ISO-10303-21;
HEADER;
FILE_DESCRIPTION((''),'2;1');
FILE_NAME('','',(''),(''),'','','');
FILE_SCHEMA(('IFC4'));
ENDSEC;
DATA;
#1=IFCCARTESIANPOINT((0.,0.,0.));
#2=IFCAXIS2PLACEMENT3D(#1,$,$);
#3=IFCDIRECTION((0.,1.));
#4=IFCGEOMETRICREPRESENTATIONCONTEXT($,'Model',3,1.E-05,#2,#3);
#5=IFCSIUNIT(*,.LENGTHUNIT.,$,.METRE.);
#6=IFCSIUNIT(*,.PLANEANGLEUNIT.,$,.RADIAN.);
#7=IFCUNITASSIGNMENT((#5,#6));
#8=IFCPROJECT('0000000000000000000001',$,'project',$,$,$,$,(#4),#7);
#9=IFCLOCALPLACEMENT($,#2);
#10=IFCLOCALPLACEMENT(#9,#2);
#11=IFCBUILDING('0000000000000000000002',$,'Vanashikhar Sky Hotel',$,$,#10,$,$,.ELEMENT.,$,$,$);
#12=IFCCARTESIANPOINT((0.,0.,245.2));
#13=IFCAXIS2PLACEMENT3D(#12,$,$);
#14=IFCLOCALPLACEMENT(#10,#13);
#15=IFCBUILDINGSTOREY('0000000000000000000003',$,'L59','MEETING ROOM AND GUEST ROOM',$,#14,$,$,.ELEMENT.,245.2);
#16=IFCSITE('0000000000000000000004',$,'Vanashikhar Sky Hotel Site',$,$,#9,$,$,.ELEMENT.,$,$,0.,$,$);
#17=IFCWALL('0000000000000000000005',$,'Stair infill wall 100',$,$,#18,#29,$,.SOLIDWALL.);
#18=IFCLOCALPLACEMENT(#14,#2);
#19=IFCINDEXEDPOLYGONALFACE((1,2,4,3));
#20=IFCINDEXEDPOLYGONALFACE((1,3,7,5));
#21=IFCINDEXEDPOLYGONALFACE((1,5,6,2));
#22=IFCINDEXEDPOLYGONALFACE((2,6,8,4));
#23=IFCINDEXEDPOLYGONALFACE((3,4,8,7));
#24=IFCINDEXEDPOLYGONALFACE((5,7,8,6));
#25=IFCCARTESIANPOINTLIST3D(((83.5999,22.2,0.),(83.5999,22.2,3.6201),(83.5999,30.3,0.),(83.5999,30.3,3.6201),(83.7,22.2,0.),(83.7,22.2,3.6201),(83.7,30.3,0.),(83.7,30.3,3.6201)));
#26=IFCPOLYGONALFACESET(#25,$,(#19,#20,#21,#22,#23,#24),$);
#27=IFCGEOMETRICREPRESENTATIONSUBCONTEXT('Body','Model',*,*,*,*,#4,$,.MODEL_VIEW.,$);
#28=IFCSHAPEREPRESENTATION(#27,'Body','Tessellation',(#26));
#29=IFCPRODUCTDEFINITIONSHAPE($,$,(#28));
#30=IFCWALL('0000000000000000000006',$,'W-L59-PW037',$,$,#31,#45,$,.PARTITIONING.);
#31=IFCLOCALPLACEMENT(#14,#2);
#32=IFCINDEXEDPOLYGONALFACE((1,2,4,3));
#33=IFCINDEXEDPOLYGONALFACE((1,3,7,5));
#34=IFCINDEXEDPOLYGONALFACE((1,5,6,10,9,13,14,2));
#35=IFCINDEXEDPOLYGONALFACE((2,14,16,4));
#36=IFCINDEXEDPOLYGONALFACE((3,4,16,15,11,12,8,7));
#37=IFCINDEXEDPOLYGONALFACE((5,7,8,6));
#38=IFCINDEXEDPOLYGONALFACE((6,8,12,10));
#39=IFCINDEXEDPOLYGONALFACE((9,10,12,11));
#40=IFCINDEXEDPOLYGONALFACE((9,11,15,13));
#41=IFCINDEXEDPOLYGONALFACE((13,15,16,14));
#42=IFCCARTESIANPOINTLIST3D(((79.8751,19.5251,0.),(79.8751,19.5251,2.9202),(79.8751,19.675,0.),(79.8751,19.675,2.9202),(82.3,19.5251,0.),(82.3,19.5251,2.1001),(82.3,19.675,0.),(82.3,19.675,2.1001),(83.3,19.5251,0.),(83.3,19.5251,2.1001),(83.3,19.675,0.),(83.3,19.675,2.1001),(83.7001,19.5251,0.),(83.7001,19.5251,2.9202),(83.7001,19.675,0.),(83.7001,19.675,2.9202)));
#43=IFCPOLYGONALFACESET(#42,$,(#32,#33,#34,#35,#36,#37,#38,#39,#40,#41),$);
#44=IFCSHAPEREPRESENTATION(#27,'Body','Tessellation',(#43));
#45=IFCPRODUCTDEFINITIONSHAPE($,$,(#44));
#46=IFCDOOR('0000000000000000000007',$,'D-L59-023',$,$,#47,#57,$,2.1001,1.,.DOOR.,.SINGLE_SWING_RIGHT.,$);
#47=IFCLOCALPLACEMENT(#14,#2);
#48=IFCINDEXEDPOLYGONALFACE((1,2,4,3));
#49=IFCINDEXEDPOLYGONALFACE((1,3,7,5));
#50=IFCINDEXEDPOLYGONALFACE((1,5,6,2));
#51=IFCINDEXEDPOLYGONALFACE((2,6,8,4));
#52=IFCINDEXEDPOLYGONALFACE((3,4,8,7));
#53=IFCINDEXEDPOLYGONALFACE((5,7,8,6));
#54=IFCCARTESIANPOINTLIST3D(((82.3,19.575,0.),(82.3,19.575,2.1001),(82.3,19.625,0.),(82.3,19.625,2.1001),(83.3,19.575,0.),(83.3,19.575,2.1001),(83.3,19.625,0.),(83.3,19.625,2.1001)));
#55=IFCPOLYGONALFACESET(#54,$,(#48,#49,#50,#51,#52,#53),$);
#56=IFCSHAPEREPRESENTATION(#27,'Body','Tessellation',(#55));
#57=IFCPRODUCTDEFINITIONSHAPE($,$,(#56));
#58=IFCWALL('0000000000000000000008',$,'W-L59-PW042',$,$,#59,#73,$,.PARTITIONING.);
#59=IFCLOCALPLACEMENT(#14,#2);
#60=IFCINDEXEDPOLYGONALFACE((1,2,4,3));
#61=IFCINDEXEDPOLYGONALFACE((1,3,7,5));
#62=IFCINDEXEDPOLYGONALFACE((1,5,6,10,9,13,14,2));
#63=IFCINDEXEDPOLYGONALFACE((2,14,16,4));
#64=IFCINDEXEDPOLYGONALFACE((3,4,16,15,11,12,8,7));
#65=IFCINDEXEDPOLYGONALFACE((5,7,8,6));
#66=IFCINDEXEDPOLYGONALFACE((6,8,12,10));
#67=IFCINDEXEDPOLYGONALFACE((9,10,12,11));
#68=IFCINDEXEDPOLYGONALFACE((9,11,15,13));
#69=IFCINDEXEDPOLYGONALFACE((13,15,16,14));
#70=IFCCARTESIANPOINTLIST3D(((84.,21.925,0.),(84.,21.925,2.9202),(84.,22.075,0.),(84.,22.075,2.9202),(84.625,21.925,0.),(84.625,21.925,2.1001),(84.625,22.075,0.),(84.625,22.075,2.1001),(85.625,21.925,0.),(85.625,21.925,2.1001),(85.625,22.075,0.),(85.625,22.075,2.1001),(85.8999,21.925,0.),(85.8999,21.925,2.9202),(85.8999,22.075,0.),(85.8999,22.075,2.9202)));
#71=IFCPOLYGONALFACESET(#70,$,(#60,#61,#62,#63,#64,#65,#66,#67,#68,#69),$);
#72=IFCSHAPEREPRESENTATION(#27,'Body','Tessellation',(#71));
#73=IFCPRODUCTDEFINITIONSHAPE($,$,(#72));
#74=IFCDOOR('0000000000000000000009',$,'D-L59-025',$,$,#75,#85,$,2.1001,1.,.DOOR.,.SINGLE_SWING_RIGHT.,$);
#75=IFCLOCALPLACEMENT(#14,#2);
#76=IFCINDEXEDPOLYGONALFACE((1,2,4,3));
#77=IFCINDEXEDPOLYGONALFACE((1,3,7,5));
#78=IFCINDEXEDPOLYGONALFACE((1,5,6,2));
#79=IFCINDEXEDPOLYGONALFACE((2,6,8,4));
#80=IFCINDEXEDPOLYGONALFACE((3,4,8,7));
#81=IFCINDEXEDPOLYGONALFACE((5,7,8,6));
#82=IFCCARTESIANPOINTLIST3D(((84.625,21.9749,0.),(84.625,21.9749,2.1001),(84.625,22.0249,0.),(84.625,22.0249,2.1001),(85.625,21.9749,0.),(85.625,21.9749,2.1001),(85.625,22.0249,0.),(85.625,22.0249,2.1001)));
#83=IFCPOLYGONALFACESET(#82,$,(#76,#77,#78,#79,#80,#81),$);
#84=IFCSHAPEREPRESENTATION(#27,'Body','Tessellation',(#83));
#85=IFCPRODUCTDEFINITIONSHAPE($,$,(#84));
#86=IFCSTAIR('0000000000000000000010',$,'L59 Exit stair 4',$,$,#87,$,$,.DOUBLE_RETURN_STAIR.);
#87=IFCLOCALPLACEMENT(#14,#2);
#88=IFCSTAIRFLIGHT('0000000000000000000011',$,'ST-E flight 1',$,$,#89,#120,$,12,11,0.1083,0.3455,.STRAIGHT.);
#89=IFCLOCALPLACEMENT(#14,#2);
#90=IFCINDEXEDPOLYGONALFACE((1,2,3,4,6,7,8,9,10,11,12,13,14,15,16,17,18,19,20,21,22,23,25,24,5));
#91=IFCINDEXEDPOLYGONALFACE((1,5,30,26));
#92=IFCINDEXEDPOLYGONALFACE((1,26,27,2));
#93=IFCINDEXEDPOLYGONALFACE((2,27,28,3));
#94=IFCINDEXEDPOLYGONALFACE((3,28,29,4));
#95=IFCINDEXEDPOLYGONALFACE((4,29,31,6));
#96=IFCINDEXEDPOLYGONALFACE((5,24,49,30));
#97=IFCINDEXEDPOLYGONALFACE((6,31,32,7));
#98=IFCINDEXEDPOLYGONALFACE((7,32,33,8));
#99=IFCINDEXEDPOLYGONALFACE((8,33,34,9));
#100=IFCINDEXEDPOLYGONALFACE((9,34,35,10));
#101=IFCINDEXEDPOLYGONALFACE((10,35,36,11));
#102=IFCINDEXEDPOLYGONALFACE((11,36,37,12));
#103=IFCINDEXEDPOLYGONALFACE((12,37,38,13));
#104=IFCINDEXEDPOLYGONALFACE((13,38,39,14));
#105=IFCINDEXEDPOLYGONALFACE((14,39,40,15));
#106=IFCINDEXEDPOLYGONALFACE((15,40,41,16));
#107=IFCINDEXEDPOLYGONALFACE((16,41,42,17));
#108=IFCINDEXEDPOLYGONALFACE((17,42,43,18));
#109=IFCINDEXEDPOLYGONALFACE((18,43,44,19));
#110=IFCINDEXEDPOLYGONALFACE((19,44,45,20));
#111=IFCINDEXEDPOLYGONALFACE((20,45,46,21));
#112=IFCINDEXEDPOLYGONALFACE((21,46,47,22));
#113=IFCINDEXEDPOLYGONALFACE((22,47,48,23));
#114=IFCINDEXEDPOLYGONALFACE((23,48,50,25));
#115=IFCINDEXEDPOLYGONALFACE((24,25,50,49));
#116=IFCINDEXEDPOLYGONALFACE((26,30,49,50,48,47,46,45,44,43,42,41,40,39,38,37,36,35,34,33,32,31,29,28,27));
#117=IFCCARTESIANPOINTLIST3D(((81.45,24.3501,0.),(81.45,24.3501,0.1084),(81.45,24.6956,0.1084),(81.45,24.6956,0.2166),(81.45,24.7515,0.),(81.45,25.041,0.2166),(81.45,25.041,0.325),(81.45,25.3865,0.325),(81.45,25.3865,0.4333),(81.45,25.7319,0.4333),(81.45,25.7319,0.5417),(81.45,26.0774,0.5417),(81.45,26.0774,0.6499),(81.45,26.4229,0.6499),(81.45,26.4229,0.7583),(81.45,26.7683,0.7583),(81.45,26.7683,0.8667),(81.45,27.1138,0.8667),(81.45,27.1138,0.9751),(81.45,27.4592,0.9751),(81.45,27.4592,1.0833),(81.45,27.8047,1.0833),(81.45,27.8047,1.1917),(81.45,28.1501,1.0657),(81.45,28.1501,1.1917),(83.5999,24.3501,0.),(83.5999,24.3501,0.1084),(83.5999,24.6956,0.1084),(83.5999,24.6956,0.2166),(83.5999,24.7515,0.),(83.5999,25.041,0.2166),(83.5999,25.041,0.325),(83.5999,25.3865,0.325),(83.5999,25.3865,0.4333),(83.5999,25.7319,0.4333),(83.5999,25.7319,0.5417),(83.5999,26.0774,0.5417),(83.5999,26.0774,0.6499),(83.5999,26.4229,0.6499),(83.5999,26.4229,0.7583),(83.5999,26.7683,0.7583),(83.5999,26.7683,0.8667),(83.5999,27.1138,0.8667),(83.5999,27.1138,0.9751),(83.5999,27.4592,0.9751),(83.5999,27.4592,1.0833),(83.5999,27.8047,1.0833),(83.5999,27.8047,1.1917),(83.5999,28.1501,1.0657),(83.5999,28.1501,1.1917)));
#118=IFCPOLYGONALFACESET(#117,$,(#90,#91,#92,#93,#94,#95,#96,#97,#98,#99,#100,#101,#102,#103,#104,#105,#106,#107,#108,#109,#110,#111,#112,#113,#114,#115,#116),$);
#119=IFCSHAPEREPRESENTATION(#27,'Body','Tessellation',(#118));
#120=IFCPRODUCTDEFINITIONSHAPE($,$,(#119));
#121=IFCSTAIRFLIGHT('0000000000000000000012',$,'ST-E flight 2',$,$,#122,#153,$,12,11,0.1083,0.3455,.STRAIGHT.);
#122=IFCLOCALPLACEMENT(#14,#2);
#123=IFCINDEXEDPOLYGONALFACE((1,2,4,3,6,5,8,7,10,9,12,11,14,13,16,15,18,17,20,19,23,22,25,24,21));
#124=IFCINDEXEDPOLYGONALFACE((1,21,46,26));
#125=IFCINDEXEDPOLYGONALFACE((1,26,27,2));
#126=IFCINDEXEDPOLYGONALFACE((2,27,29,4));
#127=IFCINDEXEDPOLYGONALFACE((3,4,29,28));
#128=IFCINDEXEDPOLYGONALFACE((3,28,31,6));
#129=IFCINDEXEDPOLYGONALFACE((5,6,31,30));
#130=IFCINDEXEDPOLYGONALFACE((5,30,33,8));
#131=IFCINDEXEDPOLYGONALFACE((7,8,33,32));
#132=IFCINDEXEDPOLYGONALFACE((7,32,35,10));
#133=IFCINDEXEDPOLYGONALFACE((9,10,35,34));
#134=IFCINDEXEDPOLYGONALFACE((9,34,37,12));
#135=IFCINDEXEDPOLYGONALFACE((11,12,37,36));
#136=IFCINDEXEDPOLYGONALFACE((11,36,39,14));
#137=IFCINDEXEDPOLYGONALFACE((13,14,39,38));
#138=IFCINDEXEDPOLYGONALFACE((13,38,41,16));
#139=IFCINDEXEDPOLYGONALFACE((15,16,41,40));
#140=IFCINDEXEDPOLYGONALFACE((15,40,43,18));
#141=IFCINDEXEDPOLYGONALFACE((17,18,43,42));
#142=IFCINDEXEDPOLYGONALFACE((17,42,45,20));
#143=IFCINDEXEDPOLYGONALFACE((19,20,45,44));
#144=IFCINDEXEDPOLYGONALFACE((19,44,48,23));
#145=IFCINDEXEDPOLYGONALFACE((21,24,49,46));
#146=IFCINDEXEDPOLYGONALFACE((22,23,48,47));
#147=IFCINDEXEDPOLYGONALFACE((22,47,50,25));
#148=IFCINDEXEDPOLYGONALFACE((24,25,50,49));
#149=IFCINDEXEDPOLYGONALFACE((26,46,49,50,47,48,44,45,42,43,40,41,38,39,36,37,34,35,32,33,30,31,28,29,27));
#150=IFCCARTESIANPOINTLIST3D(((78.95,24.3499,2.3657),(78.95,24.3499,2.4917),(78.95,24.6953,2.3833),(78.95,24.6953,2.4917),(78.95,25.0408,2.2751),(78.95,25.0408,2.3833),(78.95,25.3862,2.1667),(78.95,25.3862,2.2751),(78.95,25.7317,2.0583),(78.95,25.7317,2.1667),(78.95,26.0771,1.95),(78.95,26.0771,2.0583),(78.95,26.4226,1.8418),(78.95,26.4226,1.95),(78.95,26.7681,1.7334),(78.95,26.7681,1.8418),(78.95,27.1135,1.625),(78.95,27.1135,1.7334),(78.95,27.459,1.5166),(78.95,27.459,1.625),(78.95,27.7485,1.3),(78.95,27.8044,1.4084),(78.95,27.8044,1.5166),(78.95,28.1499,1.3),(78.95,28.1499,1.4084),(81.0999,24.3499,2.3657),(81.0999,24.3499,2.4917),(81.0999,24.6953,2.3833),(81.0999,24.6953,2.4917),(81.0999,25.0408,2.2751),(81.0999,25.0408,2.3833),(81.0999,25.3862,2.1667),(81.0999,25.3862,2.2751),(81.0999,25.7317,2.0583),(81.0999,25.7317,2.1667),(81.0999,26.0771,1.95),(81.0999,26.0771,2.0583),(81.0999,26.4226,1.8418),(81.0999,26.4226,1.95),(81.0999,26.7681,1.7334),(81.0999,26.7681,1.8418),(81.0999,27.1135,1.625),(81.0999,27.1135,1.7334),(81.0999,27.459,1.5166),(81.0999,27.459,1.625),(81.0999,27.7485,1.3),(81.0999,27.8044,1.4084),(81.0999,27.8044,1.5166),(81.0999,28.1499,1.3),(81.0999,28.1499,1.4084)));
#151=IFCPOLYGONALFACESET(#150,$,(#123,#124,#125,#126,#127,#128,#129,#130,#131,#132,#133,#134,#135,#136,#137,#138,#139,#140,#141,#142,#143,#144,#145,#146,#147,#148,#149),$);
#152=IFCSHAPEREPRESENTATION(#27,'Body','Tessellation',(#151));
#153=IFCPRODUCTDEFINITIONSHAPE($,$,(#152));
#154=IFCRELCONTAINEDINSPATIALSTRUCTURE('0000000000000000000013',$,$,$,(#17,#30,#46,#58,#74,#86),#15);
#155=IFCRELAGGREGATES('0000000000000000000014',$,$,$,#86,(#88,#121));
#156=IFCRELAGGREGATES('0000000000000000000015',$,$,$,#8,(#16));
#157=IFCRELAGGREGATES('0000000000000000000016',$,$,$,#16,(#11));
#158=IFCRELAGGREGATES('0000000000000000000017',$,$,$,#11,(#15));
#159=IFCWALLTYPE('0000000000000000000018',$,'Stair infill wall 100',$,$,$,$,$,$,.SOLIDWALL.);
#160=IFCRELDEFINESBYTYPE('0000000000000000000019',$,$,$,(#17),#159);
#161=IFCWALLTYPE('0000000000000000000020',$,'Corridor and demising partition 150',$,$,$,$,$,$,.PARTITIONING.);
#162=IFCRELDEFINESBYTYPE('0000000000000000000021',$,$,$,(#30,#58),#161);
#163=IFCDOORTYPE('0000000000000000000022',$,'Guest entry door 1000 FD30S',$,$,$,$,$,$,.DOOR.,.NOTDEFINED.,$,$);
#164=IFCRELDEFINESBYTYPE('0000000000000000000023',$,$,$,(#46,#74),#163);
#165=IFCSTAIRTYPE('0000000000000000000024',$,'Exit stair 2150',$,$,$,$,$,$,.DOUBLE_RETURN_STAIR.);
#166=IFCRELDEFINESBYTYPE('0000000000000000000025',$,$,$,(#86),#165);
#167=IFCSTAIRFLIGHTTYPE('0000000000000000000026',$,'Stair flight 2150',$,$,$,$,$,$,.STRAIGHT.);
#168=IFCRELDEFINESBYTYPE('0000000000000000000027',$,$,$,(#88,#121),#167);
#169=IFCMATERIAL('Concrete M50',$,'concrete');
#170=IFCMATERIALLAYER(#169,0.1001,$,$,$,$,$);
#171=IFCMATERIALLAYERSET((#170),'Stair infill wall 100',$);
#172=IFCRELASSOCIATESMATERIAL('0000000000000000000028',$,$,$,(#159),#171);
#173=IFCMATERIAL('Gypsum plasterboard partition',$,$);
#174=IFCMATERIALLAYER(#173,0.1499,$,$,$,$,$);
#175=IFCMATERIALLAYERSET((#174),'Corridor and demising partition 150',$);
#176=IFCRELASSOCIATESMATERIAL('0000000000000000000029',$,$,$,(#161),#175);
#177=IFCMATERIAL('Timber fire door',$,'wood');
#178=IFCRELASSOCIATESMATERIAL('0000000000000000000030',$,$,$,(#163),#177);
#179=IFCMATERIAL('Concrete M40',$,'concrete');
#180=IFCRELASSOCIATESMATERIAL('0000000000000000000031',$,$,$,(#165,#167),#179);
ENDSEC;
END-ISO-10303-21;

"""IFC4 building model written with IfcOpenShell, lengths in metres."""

from ifc_helpers import new_model, si_unit, direction, frame, frame_2d, origin, place, context, subcontext, project, spatial, polyline, rectangle, outline, extrude, source, transform, mapped, material, layer, layer_set, type_object, element, fill, aggregate, save


model = new_model("IFC4")

# Units and contexts
model_context = context("Model", 3, precision=1e-05, world=origin(), true_north=direction((0.0, 1.0)))
body_context = subcontext(model_context, "Body", "Model", "MODEL_VIEW")
ifc_project = project(units=[si_unit("LENGTHUNIT", "METRE"), si_unit("PLANEANGLEUNIT", "RADIAN")], contexts=[model_context])

# Site, building, storey
site_placement = place(None, origin())
site = spatial("IfcSite", under=ifc_project, at=site_placement, Name="Vanashikhar Sky Hotel Site", CompositionType="ELEMENT", RefElevation=0.0)
building_placement = place(site_placement, origin())
building = spatial("IfcBuilding", under=site, at=building_placement, Name="Vanashikhar Sky Hotel", CompositionType="ELEMENT")
storey_placement = place(building_placement, frame((0.0, 0.0, 245.2)))
storey = spatial("IfcBuildingStorey", under=building, at=storey_placement, Name="L59", Description="MEETING ROOM AND GUEST ROOM", CompositionType="ELEMENT", Elevation=245.2)

# Shared definitions
ifc_material_1 = material(Name="Concrete M50", Category="concrete")

# Wall
ifc_layer_1 = layer(ifc_material_1, 0.1001)
ifc_layer_set_1 = layer_set([ifc_layer_1], Name="Stair infill wall 100")
wall_type_1 = type_object("IfcWallType", Name="Stair infill wall 100", PredefinedType="SOLIDWALL", material=ifc_layer_set_1)
shared_shape_1 = source(origin(), body_context, "Body", "SweptSolid", [
    extrude(rectangle(XDim=8.1001, YDim=0.1001, at=frame_2d((4.05, 0.0))), origin(), (0.0, 0.0, 1.0), 3.6201),
])
wall_1_placement = place(storey_placement, frame((83.6499, 22.2, 0.0), z_axis=(0.0, 0.0, 1.0), x_axis=(0.0, 1.0, 0.0)))
element("IfcWall", 1, at=wall_1_placement, inside=storey, type_object=wall_type_1, Name="Stair infill wall 100", PredefinedType="SOLIDWALL", context=body_context, shape_type="MappedRepresentation", body=[
    mapped(shared_shape_1, transform((0.0, 0.0, 0.0), scale=1.0)),
])

# Walls, openings, doors
ifc_material_2 = material(Name="Gypsum plasterboard partition")
ifc_layer_2 = layer(ifc_material_2, 0.1499)
ifc_layer_set_2 = layer_set([ifc_layer_2], Name="Corridor and demising partition 150")
wall_type_2 = type_object("IfcWallType", Name="Corridor and demising partition 150", PredefinedType="PARTITIONING", material=ifc_layer_set_2)
shared_shape_2 = source(origin(), body_context, "Body", "SweptSolid", [
    extrude(rectangle(XDim=3.825, YDim=0.1499, at=frame_2d((1.9126, 0.0))), origin(), (0.0, 0.0, 1.0), 2.9202),
])
wall_2_placement = place(storey_placement, frame((79.875, 19.6001, 0.0), z_axis=(0.0, 0.0, 1.0), x_axis=(1.0, 0.0, 0.0)))
wall_2 = element("IfcWall", 2, at=wall_2_placement, inside=storey, type_object=wall_type_2, Name="W-L59-PW037", PredefinedType="PARTITIONING", context=body_context, shape_type="MappedRepresentation", body=[
    mapped(shared_shape_2, transform((0.0, 0.0, 0.0), scale=1.0)),
])
shared_shape_3 = source(origin(), body_context, "Body", "SweptSolid", [
    extrude(rectangle(XDim=1.0, YDim=2.1001, at=frame_2d((0.5, 1.05))), frame((0.0, 0.085, 0.0), z_axis=(0.0, -1.0, 0.0), x_axis=(1.0, 0.0, 0.0)), (0.0, 0.0, 1.0), 0.1699),
])
opening_1_placement = place(wall_2_placement, frame((2.425, 0.0, 0.0)))
opening_1 = element("IfcOpeningElement", 3, at=opening_1_placement, cuts=wall_2, PredefinedType="OPENING", context=body_context, shape_type="MappedRepresentation", body=[
    mapped(shared_shape_3, transform((0.0, 0.0, 0.0), scale=1.0)),
])
ifc_material_3 = material(Name="Timber fire door", Category="wood")
door_type_1 = type_object("IfcDoorType", Name="Guest entry door 1000 FD30S", OperationType="NOTDEFINED", PredefinedType="DOOR", material=ifc_material_3)
shared_shape_4 = source(origin(), body_context, "Body", "SweptSolid", [
    extrude(rectangle(XDim=1.0, YDim=2.1001, at=frame_2d((0.5, 1.05))), frame((0.0, 0.0249, 0.0), z_axis=(0.0, -1.0, 0.0), x_axis=(1.0, 0.0, 0.0)), (0.0, 0.0, 1.0), 0.05),
])
door_1_placement = place(opening_1_placement, origin())
door_1 = element("IfcDoor", 4, at=door_1_placement, inside=storey, type_object=door_type_1, Name="D-L59-023", OperationType="SINGLE_SWING_RIGHT", OverallHeight=2.1001, OverallWidth=1.0, PredefinedType="DOOR", context=body_context, shape_type="MappedRepresentation", body=[
    mapped(shared_shape_4, transform((0.0, 0.0, 0.0), scale=1.0)),
])
fill(opening_1, door_1)
shared_shape_5 = source(origin(), body_context, "Body", "SweptSolid", [
    extrude(rectangle(XDim=1.8999, YDim=0.1499, at=frame_2d((0.95, 0.0))), origin(), (0.0, 0.0, 1.0), 2.9202),
])
wall_3_placement = place(storey_placement, frame((84.0, 22.0, 0.0), z_axis=(0.0, 0.0, 1.0), x_axis=(1.0, 0.0, 0.0)))
wall_3 = element("IfcWall", 5, at=wall_3_placement, inside=storey, type_object=wall_type_2, Name="W-L59-PW042", PredefinedType="PARTITIONING", context=body_context, shape_type="MappedRepresentation", body=[
    mapped(shared_shape_5, transform((0.0, 0.0, 0.0), scale=1.0)),
])
opening_2_placement = place(wall_3_placement, frame((0.625, 0.0, 0.0)))
opening_2 = element("IfcOpeningElement", 6, at=opening_2_placement, cuts=wall_3, PredefinedType="OPENING", context=body_context, shape_type="MappedRepresentation", body=[
    mapped(shared_shape_3, transform((0.0, 0.0, 0.0), scale=1.0)),
])
door_2_placement = place(opening_2_placement, origin())
door_2 = element("IfcDoor", 7, at=door_2_placement, inside=storey, type_object=door_type_1, Name="D-L59-025", OperationType="SINGLE_SWING_RIGHT", OverallHeight=2.1001, OverallWidth=1.0, PredefinedType="DOOR", context=body_context, shape_type="MappedRepresentation", body=[
    mapped(shared_shape_4, transform((0.0, 0.0, 0.0), scale=1.0)),
])
fill(opening_2, door_2)

# Stair, stair flights
ifc_material_4 = material(Name="Concrete M40", Category="concrete")
stair_type = type_object("IfcStairType", Name="Exit stair 2150", PredefinedType="DOUBLE_RETURN_STAIR", material=ifc_material_4)
stair_placement = place(storey_placement, origin())
stair = element("IfcStair", 8, at=stair_placement, inside=storey, type_object=stair_type, Name="L59 Exit stair 4", PredefinedType="DOUBLE_RETURN_STAIR")
stair_flight_type = type_object("IfcStairFlightType", Name="Stair flight 2150", PredefinedType="STRAIGHT", material=ifc_material_4)
shared_shape_6 = source(origin(), body_context, "Body", "SweptSolid", [
    extrude(outline(polyline([(0.0, 0.0), (0.0, 0.1084), (0.3455, 0.1084), (0.3455, 0.2166), (0.6909, 0.2166), (0.6909, 0.325), (1.0364, 0.325), (1.0364, 0.4333), (1.3818, 0.4333), (1.3818, 0.5417), (1.7273, 0.5417), (1.7273, 0.6499), (2.0728, 0.6499), (2.0728, 0.7583), (2.4182, 0.7583), (2.4182, 0.8667), (2.7637, 0.8667), (2.7637, 0.9751), (3.1091, 0.9751), (3.1091, 1.0833), (3.4546, 1.0833), (3.4546, 1.1917), (3.8, 1.1917), (3.8, 1.3), (3.8, 1.0657), (0.4014, 0.0), (0.0, 0.0)])), frame((0.0, 1.075, 0.0), z_axis=(0.0, -1.0, 0.0), x_axis=(1.0, 0.0, 0.0)), (0.0, 0.0, 1.0), 2.1499),
])
stair_flight_1_placement = place(storey_placement, frame((82.5249, 24.3501, 0.0), z_axis=(0.0, 0.0, 1.0), x_axis=(0.0, 1.0, 0.0)))
stair_flight_1 = element("IfcStairFlight", 9, at=stair_flight_1_placement, type_object=stair_flight_type, Name="ST-E flight 1", NumberOfRisers=12, NumberOfTreads=11, PredefinedType="STRAIGHT", RiserHeight=0.1083, TreadLength=0.3455, context=body_context, shape_type="MappedRepresentation", body=[
    mapped(shared_shape_6, transform((0.0, 0.0, 0.0), scale=1.0)),
])
stair_flight_2_placement = place(storey_placement, frame((80.0249, 28.1499, 1.3), z_axis=(0.0, 0.0, 1.0), x_axis=(0.0, -1.0, 0.0)))
stair_flight_2 = element("IfcStairFlight", 10, at=stair_flight_2_placement, type_object=stair_flight_type, Name="ST-E flight 2", NumberOfRisers=12, NumberOfTreads=11, PredefinedType="STRAIGHT", RiserHeight=0.1083, TreadLength=0.3455, context=body_context, shape_type="MappedRepresentation", body=[
    mapped(shared_shape_6, transform((0.0, 0.0, 0.0), scale=1.0)),
])
aggregate(stair, [stair_flight_1, stair_flight_2])

save(model, "model.ifc")
